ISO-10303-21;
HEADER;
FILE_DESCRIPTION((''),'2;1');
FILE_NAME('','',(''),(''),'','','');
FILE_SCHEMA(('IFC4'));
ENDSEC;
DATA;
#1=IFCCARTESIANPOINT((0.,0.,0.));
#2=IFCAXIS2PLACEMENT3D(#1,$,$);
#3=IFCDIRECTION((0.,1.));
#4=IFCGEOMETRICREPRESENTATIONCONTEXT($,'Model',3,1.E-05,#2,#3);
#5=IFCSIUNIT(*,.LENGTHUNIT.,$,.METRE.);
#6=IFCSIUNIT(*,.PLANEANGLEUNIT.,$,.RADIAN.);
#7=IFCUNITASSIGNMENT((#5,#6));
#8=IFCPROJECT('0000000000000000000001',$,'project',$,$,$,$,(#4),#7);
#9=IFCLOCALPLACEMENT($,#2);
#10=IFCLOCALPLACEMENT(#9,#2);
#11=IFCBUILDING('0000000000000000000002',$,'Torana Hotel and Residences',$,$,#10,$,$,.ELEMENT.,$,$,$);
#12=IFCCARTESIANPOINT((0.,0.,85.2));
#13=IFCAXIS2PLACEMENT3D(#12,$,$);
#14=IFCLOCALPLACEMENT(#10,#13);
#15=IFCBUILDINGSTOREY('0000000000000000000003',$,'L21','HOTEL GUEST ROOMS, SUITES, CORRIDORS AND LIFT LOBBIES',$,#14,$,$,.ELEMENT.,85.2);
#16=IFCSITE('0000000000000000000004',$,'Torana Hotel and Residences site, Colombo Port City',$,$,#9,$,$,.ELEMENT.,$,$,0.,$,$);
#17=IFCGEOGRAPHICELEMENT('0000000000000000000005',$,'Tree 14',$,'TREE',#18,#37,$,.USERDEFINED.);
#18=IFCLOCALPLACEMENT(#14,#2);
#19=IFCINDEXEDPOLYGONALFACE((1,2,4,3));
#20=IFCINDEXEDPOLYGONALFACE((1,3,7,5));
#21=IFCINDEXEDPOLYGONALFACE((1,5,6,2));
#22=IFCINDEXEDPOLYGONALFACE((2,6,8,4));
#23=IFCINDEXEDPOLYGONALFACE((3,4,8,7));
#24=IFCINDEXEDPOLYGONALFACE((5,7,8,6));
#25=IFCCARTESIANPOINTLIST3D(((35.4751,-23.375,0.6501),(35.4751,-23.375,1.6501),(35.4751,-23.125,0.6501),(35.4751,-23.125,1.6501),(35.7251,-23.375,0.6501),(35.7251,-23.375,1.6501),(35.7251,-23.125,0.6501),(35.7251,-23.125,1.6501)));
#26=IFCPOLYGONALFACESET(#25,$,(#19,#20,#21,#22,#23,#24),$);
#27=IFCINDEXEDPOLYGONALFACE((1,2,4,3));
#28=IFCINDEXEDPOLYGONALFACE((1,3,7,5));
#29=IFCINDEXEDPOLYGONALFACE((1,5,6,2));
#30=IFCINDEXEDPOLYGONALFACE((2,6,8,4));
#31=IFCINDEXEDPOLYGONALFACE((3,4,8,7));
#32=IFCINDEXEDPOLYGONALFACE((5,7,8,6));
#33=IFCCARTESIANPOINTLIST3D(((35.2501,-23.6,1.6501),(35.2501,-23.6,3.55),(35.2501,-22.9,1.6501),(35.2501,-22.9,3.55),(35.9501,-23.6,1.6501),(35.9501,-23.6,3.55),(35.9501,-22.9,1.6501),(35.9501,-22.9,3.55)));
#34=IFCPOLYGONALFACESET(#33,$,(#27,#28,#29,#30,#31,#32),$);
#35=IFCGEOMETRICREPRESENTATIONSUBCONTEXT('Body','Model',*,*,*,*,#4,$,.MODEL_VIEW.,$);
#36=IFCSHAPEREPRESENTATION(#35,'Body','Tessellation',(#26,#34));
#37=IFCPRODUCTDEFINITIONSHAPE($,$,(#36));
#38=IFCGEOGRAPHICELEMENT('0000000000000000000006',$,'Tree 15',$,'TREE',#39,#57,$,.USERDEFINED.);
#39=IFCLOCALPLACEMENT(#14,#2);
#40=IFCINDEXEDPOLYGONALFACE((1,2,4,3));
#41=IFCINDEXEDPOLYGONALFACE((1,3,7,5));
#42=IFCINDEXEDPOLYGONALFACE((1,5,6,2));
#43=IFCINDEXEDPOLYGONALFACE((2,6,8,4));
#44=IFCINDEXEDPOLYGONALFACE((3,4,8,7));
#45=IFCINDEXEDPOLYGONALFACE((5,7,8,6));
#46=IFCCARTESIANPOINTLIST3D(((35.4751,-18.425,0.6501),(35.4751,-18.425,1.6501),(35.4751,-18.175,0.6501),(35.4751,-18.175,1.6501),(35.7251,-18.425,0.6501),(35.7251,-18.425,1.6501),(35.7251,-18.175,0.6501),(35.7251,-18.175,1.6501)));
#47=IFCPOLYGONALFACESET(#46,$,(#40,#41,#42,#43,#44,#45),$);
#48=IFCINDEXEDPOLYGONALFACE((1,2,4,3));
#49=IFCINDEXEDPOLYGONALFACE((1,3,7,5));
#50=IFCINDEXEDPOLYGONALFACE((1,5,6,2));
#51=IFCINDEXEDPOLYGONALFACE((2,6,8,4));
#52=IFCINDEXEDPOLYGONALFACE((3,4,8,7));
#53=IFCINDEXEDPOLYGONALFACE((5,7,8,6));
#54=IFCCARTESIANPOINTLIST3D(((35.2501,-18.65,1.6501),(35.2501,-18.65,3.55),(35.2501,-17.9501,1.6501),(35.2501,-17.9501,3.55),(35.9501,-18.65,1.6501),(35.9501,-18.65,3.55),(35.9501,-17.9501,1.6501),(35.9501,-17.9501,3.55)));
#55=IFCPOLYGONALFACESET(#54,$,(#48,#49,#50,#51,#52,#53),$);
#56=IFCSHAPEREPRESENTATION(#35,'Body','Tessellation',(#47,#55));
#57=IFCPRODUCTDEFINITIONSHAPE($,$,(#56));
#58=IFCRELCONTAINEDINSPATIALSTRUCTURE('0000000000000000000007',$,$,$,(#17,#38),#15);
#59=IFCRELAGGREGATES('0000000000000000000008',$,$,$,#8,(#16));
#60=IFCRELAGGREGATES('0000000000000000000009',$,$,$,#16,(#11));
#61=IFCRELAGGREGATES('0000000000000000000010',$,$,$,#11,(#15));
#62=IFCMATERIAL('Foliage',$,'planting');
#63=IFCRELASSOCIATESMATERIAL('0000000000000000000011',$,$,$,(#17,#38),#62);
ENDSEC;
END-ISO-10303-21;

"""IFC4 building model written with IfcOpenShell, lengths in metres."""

from ifc_helpers import new_model, si_unit, direction, frame, origin, origin_2d, place, context, subcontext, project, spatial, rectangle, extrude, material, element, save


model = new_model("IFC4")

# Units and contexts
model_context = context("Model", 3, precision=1e-05, world=origin(), true_north=direction((0.0, 1.0)))
body_context = subcontext(model_context, "Body", "Model", "MODEL_VIEW")
ifc_project = project(units=[si_unit("LENGTHUNIT", "METRE"), si_unit("PLANEANGLEUNIT", "RADIAN")], contexts=[model_context])

# Site, building, storey
site_placement = place(None, origin())
site = spatial("IfcSite", under=ifc_project, at=site_placement, Name="Torana Hotel and Residences site, Colombo Port City", CompositionType="ELEMENT", RefElevation=0.0)
building_placement = place(site_placement, origin())
building = spatial("IfcBuilding", under=site, at=building_placement, Name="Torana Hotel and Residences", CompositionType="ELEMENT")
storey_placement = place(building_placement, frame((0.0, 0.0, 85.2)))
storey = spatial("IfcBuildingStorey", under=building, at=storey_placement, Name="L21", Description="HOTEL GUEST ROOMS, SUITES, CORRIDORS AND LIFT LOBBIES", CompositionType="ELEMENT", Elevation=85.2)

# Geographic elements
ifc_material_1 = material(Name="Foliage", Category="planting")
for number, where, z_axis, x_axis, name in (
    (1, (35.6001, -23.25, 0.6501), (0.0, 0.0, 1.0), (1.0, 0.0, 0.0), "Tree 14"),
    (2, (35.6001, -18.3, 0.6501), (0.0, 0.0, 1.0), (1.0, 0.0, 0.0), "Tree 15"),
):
    element("IfcGeographicElement", number, at=place(storey_placement, frame(where, z_axis=z_axis, x_axis=x_axis)), inside=storey, material=ifc_material_1, Name=name, ObjectType="TREE", PredefinedType="USERDEFINED", context=body_context, shape_type="SweptSolid", body=[
        extrude(rectangle(XDim=0.25, YDim=0.25, at=origin_2d()), origin(), (0.0, 0.0, 1.0), 1.0),
        extrude(rectangle(XDim=0.7, YDim=0.7, at=origin_2d()), frame((0.0, 0.0, 1.0)), (0.0, 0.0, 1.0), 1.8999),
    ])

save(model, "model.ifc")
